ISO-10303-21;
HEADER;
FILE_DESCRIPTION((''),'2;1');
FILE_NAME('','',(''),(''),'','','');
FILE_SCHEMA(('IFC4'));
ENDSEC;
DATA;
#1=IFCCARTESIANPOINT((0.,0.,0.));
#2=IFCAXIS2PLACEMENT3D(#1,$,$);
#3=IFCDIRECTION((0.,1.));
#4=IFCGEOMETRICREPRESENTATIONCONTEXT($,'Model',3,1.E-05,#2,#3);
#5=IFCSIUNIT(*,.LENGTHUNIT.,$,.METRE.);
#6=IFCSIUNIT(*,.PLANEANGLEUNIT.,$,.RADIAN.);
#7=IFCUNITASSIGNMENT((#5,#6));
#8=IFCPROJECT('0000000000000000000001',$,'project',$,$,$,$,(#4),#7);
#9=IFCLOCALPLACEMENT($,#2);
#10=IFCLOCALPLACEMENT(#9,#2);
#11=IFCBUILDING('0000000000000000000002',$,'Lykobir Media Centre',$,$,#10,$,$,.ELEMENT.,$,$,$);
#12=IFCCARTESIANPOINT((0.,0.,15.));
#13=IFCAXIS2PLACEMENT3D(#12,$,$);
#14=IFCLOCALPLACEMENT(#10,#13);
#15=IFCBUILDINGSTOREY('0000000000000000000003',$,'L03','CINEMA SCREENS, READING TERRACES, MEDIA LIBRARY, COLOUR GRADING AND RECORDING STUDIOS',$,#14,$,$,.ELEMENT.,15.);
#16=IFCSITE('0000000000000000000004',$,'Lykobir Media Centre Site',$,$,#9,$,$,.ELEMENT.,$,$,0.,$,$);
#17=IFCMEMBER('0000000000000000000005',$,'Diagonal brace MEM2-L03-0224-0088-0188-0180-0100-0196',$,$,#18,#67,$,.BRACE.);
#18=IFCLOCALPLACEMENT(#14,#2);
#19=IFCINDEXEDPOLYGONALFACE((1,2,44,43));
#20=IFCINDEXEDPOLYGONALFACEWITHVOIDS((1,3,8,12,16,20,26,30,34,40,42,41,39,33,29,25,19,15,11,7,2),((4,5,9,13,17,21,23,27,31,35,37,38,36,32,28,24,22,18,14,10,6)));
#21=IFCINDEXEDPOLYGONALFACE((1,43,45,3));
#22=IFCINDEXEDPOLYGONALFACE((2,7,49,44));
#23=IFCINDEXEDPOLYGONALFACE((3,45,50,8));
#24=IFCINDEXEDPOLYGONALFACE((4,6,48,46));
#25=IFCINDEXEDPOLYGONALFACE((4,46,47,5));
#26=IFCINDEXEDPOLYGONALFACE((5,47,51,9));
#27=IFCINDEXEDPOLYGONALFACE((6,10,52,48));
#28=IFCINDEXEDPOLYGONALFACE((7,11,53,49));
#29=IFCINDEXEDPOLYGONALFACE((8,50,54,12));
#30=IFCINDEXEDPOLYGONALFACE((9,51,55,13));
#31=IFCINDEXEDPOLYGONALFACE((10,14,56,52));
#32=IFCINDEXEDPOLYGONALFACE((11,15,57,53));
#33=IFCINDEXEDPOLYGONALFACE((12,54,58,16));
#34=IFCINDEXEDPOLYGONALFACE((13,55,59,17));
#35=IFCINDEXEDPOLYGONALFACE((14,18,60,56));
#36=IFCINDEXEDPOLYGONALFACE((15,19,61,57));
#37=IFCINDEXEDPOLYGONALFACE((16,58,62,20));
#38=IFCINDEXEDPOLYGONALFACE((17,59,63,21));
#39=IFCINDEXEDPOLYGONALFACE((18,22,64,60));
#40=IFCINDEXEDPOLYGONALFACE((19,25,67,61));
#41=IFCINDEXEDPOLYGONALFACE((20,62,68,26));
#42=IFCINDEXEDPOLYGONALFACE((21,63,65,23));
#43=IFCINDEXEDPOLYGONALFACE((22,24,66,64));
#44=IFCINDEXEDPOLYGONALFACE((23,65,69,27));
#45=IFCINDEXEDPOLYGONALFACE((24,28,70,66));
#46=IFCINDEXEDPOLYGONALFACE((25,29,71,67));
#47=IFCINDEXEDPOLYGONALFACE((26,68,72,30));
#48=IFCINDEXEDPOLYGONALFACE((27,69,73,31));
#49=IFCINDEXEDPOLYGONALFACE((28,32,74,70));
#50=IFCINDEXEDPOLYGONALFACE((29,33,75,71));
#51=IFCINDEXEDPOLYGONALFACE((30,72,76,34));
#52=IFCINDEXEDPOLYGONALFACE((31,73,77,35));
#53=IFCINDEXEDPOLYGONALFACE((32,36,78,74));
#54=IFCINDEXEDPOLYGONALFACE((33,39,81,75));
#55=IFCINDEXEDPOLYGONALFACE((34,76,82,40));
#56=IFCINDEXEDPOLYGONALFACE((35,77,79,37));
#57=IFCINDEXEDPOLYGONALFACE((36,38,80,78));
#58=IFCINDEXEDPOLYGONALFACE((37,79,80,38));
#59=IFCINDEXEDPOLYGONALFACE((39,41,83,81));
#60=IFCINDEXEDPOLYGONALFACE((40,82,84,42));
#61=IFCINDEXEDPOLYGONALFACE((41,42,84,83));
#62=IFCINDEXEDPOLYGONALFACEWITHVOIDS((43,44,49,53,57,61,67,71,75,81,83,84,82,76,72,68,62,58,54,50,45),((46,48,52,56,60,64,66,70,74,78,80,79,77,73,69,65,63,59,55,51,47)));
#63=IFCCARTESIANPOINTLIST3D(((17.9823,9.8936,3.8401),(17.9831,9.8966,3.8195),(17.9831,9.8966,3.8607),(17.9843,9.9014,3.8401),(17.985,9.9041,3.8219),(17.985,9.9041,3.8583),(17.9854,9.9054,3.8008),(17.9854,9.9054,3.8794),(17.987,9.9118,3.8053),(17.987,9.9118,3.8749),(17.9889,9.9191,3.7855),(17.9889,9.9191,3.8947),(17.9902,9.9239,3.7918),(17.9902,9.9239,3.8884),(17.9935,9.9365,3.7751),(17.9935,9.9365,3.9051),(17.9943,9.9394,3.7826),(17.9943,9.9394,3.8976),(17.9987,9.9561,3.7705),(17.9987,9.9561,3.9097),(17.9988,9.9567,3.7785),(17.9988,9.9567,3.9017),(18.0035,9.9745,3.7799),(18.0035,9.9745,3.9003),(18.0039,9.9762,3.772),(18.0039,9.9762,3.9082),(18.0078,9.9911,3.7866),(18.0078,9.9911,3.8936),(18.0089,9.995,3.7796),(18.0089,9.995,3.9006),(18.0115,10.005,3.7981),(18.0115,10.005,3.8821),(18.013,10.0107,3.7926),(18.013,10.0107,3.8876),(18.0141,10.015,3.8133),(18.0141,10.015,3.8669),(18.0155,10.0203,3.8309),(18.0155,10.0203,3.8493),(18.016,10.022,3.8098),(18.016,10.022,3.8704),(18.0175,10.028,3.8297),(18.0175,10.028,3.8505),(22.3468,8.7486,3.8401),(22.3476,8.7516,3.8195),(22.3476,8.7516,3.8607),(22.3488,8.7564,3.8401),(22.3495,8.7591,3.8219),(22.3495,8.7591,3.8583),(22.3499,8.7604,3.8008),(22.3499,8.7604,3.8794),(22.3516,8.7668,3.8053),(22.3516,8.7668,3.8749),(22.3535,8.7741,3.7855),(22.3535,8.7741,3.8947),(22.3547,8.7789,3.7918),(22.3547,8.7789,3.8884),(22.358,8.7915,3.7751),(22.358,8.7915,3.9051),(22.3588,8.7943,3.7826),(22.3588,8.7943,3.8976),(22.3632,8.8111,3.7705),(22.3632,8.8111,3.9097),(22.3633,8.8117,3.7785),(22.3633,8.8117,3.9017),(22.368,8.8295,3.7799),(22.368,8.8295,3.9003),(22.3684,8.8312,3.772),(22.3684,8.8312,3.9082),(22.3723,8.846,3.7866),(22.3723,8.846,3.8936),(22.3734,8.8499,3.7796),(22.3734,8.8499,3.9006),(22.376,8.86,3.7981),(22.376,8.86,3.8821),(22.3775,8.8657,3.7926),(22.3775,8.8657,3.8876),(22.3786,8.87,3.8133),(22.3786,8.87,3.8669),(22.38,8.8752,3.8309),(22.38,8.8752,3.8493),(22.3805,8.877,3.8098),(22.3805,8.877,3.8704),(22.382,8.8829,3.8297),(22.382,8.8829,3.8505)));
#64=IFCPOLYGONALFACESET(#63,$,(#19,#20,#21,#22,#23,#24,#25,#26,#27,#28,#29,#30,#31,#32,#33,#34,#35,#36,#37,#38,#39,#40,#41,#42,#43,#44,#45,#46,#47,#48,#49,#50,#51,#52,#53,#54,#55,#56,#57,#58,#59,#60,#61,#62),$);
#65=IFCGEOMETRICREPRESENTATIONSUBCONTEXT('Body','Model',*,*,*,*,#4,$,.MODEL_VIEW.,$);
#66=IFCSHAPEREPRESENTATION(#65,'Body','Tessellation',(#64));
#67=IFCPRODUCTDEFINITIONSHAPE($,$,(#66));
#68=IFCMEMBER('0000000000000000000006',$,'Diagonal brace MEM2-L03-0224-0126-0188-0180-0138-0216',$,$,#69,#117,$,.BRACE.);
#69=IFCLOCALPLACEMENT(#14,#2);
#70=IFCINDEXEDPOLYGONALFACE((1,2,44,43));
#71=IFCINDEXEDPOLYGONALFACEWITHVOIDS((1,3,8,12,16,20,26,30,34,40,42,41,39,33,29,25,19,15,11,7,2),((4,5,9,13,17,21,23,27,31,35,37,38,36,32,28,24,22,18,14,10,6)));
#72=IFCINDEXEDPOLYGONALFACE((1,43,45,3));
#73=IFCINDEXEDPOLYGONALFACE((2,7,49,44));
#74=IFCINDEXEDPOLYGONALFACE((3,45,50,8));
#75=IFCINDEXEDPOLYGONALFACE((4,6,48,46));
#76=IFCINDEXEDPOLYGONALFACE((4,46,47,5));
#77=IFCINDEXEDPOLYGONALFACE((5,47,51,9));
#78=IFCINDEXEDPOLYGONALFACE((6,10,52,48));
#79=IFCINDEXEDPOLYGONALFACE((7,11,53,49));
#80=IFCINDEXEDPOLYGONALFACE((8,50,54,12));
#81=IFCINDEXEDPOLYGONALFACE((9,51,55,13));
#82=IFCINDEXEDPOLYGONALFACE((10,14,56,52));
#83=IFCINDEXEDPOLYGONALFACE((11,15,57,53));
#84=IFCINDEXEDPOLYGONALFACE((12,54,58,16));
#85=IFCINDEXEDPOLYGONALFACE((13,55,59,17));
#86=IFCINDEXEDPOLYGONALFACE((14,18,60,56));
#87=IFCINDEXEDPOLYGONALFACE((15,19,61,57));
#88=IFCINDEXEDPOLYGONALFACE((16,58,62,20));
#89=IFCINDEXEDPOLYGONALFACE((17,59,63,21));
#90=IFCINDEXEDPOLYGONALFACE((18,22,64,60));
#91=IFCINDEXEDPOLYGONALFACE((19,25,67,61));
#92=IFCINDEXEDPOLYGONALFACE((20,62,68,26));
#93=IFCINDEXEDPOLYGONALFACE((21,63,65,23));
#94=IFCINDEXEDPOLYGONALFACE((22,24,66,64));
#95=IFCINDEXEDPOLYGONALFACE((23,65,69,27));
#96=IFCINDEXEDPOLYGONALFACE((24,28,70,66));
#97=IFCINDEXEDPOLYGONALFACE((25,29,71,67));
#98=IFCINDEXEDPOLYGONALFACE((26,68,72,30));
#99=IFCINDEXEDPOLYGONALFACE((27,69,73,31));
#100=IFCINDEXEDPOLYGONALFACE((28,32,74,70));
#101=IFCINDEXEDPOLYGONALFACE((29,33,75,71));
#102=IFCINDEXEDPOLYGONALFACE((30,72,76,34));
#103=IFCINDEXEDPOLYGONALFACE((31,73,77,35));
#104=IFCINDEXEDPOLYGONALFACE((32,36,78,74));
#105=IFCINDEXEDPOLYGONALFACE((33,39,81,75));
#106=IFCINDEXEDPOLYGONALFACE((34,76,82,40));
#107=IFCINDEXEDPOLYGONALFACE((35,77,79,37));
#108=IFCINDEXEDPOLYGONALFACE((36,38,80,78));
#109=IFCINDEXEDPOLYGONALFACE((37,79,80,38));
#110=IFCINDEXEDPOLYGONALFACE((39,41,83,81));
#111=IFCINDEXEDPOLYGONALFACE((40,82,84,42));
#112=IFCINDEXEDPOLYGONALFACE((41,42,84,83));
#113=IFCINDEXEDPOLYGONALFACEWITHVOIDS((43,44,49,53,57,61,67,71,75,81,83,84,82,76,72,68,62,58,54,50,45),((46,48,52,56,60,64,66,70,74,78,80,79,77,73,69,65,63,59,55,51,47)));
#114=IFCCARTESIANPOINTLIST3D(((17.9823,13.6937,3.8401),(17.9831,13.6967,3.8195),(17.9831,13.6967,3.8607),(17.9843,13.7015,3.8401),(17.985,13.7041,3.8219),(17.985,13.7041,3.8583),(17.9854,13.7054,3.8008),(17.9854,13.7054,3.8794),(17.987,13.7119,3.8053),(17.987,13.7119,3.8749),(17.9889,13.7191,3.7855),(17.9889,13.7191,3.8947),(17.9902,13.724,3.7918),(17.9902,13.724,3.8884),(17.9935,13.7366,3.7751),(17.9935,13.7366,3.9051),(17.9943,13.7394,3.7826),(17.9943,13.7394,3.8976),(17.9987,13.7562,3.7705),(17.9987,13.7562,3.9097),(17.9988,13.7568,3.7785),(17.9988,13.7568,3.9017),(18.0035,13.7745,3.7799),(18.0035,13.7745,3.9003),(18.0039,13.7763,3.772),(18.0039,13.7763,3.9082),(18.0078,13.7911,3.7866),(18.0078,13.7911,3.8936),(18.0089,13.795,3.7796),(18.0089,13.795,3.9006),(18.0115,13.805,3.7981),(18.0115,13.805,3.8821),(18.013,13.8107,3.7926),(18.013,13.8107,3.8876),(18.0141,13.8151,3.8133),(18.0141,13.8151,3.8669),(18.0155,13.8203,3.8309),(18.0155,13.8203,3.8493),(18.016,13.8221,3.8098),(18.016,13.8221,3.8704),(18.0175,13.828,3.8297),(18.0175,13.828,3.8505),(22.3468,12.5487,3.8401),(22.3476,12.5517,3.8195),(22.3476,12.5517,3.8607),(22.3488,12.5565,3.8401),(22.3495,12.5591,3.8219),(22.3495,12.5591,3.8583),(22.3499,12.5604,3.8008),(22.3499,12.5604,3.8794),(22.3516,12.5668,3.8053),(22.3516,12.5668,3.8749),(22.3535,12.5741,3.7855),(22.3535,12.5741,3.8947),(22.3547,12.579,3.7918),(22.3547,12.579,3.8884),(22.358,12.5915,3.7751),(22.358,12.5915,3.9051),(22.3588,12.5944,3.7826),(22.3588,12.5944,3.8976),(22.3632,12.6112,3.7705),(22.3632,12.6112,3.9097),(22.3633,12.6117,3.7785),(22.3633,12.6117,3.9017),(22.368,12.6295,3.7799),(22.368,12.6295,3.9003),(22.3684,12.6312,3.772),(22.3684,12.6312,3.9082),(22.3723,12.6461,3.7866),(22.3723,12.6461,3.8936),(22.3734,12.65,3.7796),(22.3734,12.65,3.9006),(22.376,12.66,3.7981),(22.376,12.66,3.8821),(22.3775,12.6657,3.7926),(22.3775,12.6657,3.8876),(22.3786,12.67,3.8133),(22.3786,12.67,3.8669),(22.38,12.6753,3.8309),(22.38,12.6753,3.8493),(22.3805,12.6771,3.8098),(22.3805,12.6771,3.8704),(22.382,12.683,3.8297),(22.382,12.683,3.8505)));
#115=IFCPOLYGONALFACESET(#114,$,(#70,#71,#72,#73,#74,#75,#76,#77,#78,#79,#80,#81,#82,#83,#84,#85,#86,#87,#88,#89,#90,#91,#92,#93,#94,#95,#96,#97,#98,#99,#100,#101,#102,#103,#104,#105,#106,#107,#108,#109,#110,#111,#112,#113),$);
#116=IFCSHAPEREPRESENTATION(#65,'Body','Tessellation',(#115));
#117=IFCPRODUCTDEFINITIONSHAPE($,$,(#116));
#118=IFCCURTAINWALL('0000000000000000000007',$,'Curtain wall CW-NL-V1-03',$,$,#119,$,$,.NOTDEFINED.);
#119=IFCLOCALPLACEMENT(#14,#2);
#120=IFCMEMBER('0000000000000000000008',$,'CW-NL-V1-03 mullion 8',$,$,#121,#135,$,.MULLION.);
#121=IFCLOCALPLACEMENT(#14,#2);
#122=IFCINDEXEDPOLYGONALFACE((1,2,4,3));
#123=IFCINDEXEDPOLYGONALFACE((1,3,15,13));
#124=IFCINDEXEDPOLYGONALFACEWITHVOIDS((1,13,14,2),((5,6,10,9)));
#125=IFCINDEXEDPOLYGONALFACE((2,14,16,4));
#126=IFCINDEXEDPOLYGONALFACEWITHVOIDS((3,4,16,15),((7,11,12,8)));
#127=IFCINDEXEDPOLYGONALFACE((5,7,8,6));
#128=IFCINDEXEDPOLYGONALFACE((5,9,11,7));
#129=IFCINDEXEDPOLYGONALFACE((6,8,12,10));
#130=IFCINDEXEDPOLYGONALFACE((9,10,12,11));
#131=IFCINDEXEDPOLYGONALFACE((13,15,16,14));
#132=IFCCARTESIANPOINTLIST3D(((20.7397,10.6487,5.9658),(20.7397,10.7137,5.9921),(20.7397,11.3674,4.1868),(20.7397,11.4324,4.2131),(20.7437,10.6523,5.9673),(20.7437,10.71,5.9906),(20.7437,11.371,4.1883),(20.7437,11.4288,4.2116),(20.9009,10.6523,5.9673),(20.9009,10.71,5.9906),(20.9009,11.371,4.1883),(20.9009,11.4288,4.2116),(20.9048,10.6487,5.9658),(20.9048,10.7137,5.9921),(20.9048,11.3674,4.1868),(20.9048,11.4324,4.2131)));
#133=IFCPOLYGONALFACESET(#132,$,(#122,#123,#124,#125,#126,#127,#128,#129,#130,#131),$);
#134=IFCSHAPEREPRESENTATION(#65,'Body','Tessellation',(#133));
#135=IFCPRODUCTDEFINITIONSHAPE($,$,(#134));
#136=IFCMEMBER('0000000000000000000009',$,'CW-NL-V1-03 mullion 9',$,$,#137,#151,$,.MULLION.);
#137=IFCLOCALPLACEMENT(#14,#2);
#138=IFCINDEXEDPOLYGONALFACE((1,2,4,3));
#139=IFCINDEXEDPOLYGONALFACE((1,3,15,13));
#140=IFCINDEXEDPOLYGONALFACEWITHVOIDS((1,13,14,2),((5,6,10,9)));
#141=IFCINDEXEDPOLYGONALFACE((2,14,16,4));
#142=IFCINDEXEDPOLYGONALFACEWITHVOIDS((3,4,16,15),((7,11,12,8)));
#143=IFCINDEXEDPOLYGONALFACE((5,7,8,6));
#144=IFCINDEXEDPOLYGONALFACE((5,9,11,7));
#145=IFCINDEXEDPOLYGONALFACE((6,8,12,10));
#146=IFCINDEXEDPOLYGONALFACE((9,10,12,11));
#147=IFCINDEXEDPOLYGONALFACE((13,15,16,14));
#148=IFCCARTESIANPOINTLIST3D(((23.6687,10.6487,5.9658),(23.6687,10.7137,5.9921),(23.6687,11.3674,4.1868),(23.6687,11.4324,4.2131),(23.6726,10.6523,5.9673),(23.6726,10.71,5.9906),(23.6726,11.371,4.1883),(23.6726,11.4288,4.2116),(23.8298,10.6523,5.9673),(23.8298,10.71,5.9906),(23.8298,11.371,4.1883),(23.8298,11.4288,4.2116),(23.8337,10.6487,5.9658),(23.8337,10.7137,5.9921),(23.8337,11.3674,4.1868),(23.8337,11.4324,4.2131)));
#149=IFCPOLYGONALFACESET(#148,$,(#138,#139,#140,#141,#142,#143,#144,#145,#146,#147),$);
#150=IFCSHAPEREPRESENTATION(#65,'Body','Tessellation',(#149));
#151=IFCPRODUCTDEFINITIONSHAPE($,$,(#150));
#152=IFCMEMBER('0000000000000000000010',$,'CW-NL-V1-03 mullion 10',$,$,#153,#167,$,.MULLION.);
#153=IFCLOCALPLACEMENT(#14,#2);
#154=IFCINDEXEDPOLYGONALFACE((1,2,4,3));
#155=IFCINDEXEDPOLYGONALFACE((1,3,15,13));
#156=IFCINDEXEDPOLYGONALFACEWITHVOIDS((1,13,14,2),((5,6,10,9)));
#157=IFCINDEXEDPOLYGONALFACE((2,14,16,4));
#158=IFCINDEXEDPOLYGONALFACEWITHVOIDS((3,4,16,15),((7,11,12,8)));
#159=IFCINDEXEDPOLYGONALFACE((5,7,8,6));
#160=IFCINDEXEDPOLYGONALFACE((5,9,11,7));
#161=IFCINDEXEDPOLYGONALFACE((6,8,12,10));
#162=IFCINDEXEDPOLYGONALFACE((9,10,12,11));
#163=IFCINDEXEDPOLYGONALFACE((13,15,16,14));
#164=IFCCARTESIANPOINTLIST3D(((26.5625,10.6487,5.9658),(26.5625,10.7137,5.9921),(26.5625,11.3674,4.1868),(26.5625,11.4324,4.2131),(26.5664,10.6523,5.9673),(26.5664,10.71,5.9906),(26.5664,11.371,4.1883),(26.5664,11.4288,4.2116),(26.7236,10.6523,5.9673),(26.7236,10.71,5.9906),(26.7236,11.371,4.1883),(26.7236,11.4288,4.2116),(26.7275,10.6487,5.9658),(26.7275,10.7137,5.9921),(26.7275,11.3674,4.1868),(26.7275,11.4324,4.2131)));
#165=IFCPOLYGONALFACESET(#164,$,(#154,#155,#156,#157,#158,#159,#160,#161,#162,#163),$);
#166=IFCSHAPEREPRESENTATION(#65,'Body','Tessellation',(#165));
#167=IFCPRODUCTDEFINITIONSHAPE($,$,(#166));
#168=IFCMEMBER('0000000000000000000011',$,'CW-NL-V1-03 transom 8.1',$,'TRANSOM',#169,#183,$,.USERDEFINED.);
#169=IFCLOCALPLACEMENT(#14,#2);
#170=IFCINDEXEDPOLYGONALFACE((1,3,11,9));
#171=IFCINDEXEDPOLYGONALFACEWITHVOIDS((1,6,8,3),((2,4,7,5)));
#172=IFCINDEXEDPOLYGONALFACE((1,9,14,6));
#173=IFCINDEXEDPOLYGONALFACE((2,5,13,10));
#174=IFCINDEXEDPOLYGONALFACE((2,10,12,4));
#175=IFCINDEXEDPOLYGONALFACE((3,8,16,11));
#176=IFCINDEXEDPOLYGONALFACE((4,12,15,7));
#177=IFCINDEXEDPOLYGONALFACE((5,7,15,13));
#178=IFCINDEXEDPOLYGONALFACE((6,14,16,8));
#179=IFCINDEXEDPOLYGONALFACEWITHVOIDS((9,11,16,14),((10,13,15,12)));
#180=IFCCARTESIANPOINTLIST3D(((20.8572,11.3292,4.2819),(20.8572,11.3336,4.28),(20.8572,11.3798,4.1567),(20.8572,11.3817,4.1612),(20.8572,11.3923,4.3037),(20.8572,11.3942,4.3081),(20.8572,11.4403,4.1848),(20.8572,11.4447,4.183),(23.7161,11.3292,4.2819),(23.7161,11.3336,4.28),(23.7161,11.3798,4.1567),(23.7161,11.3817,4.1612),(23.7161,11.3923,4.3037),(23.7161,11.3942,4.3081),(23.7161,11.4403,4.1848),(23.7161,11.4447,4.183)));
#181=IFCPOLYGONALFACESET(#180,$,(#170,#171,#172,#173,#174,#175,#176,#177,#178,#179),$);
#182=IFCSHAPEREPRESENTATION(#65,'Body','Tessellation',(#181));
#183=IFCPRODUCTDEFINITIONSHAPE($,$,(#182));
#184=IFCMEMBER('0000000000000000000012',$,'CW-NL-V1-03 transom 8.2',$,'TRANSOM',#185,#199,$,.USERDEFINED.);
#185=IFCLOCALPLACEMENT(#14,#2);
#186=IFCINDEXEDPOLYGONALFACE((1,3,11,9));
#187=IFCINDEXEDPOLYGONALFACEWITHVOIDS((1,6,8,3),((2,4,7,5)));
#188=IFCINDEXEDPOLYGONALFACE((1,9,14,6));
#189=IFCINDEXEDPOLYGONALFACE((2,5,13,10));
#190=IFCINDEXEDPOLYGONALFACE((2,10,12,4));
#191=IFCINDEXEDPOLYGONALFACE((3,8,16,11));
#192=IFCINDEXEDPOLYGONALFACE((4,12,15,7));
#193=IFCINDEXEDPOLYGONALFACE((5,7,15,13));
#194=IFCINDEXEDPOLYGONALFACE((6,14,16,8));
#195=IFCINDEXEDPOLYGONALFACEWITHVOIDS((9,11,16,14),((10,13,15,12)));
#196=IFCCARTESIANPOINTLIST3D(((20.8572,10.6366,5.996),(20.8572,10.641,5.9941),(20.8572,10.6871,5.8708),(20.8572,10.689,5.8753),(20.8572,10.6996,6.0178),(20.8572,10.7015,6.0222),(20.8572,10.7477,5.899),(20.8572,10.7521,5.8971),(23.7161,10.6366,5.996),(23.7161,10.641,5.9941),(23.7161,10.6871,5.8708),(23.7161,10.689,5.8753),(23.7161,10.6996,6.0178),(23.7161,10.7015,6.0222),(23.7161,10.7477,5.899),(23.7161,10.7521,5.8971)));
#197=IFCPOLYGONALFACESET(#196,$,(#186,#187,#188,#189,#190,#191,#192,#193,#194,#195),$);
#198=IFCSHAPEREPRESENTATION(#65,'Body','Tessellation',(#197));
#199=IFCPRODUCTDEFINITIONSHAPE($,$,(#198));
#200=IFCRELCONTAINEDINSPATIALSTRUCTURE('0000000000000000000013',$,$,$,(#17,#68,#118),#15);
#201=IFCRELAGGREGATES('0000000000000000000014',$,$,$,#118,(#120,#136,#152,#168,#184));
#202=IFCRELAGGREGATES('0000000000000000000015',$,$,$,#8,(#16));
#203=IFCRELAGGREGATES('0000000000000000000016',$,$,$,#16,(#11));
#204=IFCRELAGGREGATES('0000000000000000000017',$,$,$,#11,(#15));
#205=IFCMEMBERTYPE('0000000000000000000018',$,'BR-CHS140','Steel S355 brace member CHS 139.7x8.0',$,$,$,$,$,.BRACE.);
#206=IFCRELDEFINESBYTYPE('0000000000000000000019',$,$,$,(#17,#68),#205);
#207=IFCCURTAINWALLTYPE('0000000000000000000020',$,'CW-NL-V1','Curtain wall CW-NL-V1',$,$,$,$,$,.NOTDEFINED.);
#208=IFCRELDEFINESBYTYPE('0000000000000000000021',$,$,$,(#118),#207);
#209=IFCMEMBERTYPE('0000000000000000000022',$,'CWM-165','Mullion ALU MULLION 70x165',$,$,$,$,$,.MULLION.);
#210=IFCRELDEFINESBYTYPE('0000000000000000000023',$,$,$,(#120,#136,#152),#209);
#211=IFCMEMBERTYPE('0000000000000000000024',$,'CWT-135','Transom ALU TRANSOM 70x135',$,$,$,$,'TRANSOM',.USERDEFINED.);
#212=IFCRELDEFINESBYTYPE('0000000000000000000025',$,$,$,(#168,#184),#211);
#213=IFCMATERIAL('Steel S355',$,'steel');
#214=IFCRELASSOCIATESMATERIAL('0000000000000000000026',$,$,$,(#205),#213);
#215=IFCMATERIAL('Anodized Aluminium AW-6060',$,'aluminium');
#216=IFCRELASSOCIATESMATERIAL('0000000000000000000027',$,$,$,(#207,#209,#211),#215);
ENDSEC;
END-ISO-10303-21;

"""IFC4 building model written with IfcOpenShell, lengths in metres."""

from ifc_helpers import new_model, si_unit, direction, frame, origin, origin_2d, place, context, subcontext, project, spatial, hollow_rectangle, hollow_circle, extrude, material, material_profile, profile_set, type_object, element, aggregate, save


model = new_model("IFC4")

# Units and contexts
model_context = context("Model", 3, precision=1e-05, world=origin(), true_north=direction((0.0, 1.0)))
body_context = subcontext(model_context, "Body", "Model", "MODEL_VIEW")
ifc_project = project(units=[si_unit("LENGTHUNIT", "METRE"), si_unit("PLANEANGLEUNIT", "RADIAN")], contexts=[model_context])

# Site, building, storey
site_placement = place(None, origin())
site = spatial("IfcSite", under=ifc_project, at=site_placement, Name="Lykobir Media Centre Site", CompositionType="ELEMENT", RefElevation=0.0)
building_placement = place(site_placement, origin())
building = spatial("IfcBuilding", under=site, at=building_placement, Name="Lykobir Media Centre", CompositionType="ELEMENT")
storey_placement = place(building_placement, frame((0.0, 0.0, 15.0)))
storey = spatial("IfcBuildingStorey", under=building, at=storey_placement, Name="L03", Description="CINEMA SCREENS, READING TERRACES, MEDIA LIBRARY, COLOUR GRADING AND RECORDING STUDIOS", CompositionType="ELEMENT", Elevation=15.0)

# Members
ifc_material_1 = material(Name="Steel S355", Category="steel")
ifc_material_profile_1 = material_profile(ifc_material_1, hollow_circle(Radius=0.0698, WallThickness=0.0081, at=origin_2d()), Name="CHS 139.7x8.0")
ifc_profile_set_1 = profile_set([ifc_material_profile_1], Name="Steel S355")
member_type_1 = type_object("IfcMemberType", Name="BR-CHS140", Description="Steel S355 brace member CHS 139.7x8.0", PredefinedType="BRACE", material=ifc_profile_set_1)
for number, where, z_axis, x_axis, name in (
    (1, (22.3645, 8.8162, 3.8401), (-0.967267, 0.253761, 0.0), (-0.253761, -0.967267, 0.0), "Diagonal brace MEM2-L03-0224-0088-0188-0180-0100-0196"),
    (2, (22.3645, 12.6162, 3.8401), (-0.967267, 0.253761, 0.0), (-0.253761, -0.967267, 0.0), "Diagonal brace MEM2-L03-0224-0126-0188-0180-0138-0216"),
):
    element("IfcMember", number, at=place(storey_placement, frame(where, z_axis=z_axis, x_axis=x_axis)), inside=storey, type_object=member_type_1, Name=name, PredefinedType="BRACE", context=body_context, shape_type="SweptSolid", body=[
        extrude(hollow_circle(Radius=0.0698, WallThickness=0.0081, at=origin_2d()), origin(), (0.0, 0.0, 1.0), 4.5122),
    ])

# Curtain wall, members
ifc_material_2 = material(Name="Anodized Aluminium AW-6060", Category="aluminium")
curtain_wall_type = type_object("IfcCurtainWallType", Name="CW-NL-V1", Description="Curtain wall CW-NL-V1", PredefinedType="NOTDEFINED", material=ifc_material_2)
curtain_wall_1_placement = place(storey_placement, origin())
curtain_wall_1 = element("IfcCurtainWall", 3, at=curtain_wall_1_placement, inside=storey, type_object=curtain_wall_type, Name="Curtain wall CW-NL-V1-03", PredefinedType="NOTDEFINED")
ifc_material_profile_2 = material_profile(ifc_material_2, hollow_rectangle(XDim=0.0701, YDim=0.165, WallThickness=0.0039, at=origin_2d()), Name="ALU MULLION 70x165")
ifc_profile_set_2 = profile_set([ifc_material_profile_2], Name="Anodized Aluminium AW-6060")
member_type_2 = type_object("IfcMemberType", Name="CWM-165", Description="Mullion ALU MULLION 70x165", PredefinedType="MULLION", material=ifc_profile_set_2)
member_1_placement = place(storey_placement, frame((20.8223, 11.3999, 4.2), z_axis=(0.0, -0.374591, 0.92719), x_axis=(0.0, 0.92719, 0.374591)))
member_1 = element("IfcMember", 4, at=member_1_placement, type_object=member_type_2, Name="CW-NL-V1-03 mullion 8", PredefinedType="MULLION", context=body_context, shape_type="SweptSolid", body=[
    extrude(hollow_rectangle(XDim=0.0701, YDim=0.165, WallThickness=0.0039, at=origin_2d()), origin(), (0.0, 0.0, 1.0), 1.9187),
])
member_2_placement = place(storey_placement, frame((23.7512, 11.3999, 4.2), z_axis=(0.0, -0.374591, 0.92719), x_axis=(0.0, 0.92719, 0.374591)))
member_2 = element("IfcMember", 5, at=member_2_placement, type_object=member_type_2, Name="CW-NL-V1-03 mullion 9", PredefinedType="MULLION", context=body_context, shape_type="SweptSolid", body=[
    extrude(hollow_rectangle(XDim=0.0701, YDim=0.165, WallThickness=0.0039, at=origin_2d()), origin(), (0.0, 0.0, 1.0), 1.9187),
])
member_3_placement = place(storey_placement, frame((26.645, 11.3999, 4.2), z_axis=(0.0, -0.374591, 0.92719), x_axis=(0.0, 0.92719, 0.374591)))
member_3 = element("IfcMember", 6, at=member_3_placement, type_object=member_type_2, Name="CW-NL-V1-03 mullion 10", PredefinedType="MULLION", context=body_context, shape_type="SweptSolid", body=[
    extrude(hollow_rectangle(XDim=0.0701, YDim=0.165, WallThickness=0.0039, at=origin_2d()), origin(), (0.0, 0.0, 1.0), 1.9187),
])
ifc_material_profile_3 = material_profile(ifc_material_2, hollow_rectangle(XDim=0.0701, YDim=0.135, WallThickness=0.0034, at=origin_2d()), Name="ALU TRANSOM 70x135")
ifc_profile_set_3 = profile_set([ifc_material_profile_3], Name="Anodized Aluminium AW-6060")
member_type_3 = type_object("IfcMemberType", Name="CWT-135", Description="Transom ALU TRANSOM 70x135", ElementType="TRANSOM", PredefinedType="USERDEFINED", material=ifc_profile_set_3)
member_4_placement = place(storey_placement, frame((20.8572, 11.387, 4.2324), z_axis=(1.0, 0.0, 0.0), x_axis=(0.0, 0.927184, 0.374607)))
member_4 = element("IfcMember", 7, at=member_4_placement, type_object=member_type_3, Name="CW-NL-V1-03 transom 8.1", ObjectType="TRANSOM", PredefinedType="USERDEFINED", context=body_context, shape_type="SweptSolid", body=[
    extrude(hollow_rectangle(XDim=0.0701, YDim=0.135, WallThickness=0.0034, at=origin_2d()), origin(), (0.0, 0.0, 1.0), 2.8589),
])
member_5_placement = place(storey_placement, frame((20.8572, 10.6943, 5.9465), z_axis=(1.0, 0.0, 0.0), x_axis=(0.0, 0.927184, 0.374607)))
member_5 = element("IfcMember", 8, at=member_5_placement, type_object=member_type_3, Name="CW-NL-V1-03 transom 8.2", ObjectType="TRANSOM", PredefinedType="USERDEFINED", context=body_context, shape_type="SweptSolid", body=[
    extrude(hollow_rectangle(XDim=0.0701, YDim=0.135, WallThickness=0.0034, at=origin_2d()), origin(), (0.0, 0.0, 1.0), 2.8589),
])

aggregate(curtain_wall_1, [member_1, member_2, member_3, member_4, member_5])

save(model, "model.ifc")
